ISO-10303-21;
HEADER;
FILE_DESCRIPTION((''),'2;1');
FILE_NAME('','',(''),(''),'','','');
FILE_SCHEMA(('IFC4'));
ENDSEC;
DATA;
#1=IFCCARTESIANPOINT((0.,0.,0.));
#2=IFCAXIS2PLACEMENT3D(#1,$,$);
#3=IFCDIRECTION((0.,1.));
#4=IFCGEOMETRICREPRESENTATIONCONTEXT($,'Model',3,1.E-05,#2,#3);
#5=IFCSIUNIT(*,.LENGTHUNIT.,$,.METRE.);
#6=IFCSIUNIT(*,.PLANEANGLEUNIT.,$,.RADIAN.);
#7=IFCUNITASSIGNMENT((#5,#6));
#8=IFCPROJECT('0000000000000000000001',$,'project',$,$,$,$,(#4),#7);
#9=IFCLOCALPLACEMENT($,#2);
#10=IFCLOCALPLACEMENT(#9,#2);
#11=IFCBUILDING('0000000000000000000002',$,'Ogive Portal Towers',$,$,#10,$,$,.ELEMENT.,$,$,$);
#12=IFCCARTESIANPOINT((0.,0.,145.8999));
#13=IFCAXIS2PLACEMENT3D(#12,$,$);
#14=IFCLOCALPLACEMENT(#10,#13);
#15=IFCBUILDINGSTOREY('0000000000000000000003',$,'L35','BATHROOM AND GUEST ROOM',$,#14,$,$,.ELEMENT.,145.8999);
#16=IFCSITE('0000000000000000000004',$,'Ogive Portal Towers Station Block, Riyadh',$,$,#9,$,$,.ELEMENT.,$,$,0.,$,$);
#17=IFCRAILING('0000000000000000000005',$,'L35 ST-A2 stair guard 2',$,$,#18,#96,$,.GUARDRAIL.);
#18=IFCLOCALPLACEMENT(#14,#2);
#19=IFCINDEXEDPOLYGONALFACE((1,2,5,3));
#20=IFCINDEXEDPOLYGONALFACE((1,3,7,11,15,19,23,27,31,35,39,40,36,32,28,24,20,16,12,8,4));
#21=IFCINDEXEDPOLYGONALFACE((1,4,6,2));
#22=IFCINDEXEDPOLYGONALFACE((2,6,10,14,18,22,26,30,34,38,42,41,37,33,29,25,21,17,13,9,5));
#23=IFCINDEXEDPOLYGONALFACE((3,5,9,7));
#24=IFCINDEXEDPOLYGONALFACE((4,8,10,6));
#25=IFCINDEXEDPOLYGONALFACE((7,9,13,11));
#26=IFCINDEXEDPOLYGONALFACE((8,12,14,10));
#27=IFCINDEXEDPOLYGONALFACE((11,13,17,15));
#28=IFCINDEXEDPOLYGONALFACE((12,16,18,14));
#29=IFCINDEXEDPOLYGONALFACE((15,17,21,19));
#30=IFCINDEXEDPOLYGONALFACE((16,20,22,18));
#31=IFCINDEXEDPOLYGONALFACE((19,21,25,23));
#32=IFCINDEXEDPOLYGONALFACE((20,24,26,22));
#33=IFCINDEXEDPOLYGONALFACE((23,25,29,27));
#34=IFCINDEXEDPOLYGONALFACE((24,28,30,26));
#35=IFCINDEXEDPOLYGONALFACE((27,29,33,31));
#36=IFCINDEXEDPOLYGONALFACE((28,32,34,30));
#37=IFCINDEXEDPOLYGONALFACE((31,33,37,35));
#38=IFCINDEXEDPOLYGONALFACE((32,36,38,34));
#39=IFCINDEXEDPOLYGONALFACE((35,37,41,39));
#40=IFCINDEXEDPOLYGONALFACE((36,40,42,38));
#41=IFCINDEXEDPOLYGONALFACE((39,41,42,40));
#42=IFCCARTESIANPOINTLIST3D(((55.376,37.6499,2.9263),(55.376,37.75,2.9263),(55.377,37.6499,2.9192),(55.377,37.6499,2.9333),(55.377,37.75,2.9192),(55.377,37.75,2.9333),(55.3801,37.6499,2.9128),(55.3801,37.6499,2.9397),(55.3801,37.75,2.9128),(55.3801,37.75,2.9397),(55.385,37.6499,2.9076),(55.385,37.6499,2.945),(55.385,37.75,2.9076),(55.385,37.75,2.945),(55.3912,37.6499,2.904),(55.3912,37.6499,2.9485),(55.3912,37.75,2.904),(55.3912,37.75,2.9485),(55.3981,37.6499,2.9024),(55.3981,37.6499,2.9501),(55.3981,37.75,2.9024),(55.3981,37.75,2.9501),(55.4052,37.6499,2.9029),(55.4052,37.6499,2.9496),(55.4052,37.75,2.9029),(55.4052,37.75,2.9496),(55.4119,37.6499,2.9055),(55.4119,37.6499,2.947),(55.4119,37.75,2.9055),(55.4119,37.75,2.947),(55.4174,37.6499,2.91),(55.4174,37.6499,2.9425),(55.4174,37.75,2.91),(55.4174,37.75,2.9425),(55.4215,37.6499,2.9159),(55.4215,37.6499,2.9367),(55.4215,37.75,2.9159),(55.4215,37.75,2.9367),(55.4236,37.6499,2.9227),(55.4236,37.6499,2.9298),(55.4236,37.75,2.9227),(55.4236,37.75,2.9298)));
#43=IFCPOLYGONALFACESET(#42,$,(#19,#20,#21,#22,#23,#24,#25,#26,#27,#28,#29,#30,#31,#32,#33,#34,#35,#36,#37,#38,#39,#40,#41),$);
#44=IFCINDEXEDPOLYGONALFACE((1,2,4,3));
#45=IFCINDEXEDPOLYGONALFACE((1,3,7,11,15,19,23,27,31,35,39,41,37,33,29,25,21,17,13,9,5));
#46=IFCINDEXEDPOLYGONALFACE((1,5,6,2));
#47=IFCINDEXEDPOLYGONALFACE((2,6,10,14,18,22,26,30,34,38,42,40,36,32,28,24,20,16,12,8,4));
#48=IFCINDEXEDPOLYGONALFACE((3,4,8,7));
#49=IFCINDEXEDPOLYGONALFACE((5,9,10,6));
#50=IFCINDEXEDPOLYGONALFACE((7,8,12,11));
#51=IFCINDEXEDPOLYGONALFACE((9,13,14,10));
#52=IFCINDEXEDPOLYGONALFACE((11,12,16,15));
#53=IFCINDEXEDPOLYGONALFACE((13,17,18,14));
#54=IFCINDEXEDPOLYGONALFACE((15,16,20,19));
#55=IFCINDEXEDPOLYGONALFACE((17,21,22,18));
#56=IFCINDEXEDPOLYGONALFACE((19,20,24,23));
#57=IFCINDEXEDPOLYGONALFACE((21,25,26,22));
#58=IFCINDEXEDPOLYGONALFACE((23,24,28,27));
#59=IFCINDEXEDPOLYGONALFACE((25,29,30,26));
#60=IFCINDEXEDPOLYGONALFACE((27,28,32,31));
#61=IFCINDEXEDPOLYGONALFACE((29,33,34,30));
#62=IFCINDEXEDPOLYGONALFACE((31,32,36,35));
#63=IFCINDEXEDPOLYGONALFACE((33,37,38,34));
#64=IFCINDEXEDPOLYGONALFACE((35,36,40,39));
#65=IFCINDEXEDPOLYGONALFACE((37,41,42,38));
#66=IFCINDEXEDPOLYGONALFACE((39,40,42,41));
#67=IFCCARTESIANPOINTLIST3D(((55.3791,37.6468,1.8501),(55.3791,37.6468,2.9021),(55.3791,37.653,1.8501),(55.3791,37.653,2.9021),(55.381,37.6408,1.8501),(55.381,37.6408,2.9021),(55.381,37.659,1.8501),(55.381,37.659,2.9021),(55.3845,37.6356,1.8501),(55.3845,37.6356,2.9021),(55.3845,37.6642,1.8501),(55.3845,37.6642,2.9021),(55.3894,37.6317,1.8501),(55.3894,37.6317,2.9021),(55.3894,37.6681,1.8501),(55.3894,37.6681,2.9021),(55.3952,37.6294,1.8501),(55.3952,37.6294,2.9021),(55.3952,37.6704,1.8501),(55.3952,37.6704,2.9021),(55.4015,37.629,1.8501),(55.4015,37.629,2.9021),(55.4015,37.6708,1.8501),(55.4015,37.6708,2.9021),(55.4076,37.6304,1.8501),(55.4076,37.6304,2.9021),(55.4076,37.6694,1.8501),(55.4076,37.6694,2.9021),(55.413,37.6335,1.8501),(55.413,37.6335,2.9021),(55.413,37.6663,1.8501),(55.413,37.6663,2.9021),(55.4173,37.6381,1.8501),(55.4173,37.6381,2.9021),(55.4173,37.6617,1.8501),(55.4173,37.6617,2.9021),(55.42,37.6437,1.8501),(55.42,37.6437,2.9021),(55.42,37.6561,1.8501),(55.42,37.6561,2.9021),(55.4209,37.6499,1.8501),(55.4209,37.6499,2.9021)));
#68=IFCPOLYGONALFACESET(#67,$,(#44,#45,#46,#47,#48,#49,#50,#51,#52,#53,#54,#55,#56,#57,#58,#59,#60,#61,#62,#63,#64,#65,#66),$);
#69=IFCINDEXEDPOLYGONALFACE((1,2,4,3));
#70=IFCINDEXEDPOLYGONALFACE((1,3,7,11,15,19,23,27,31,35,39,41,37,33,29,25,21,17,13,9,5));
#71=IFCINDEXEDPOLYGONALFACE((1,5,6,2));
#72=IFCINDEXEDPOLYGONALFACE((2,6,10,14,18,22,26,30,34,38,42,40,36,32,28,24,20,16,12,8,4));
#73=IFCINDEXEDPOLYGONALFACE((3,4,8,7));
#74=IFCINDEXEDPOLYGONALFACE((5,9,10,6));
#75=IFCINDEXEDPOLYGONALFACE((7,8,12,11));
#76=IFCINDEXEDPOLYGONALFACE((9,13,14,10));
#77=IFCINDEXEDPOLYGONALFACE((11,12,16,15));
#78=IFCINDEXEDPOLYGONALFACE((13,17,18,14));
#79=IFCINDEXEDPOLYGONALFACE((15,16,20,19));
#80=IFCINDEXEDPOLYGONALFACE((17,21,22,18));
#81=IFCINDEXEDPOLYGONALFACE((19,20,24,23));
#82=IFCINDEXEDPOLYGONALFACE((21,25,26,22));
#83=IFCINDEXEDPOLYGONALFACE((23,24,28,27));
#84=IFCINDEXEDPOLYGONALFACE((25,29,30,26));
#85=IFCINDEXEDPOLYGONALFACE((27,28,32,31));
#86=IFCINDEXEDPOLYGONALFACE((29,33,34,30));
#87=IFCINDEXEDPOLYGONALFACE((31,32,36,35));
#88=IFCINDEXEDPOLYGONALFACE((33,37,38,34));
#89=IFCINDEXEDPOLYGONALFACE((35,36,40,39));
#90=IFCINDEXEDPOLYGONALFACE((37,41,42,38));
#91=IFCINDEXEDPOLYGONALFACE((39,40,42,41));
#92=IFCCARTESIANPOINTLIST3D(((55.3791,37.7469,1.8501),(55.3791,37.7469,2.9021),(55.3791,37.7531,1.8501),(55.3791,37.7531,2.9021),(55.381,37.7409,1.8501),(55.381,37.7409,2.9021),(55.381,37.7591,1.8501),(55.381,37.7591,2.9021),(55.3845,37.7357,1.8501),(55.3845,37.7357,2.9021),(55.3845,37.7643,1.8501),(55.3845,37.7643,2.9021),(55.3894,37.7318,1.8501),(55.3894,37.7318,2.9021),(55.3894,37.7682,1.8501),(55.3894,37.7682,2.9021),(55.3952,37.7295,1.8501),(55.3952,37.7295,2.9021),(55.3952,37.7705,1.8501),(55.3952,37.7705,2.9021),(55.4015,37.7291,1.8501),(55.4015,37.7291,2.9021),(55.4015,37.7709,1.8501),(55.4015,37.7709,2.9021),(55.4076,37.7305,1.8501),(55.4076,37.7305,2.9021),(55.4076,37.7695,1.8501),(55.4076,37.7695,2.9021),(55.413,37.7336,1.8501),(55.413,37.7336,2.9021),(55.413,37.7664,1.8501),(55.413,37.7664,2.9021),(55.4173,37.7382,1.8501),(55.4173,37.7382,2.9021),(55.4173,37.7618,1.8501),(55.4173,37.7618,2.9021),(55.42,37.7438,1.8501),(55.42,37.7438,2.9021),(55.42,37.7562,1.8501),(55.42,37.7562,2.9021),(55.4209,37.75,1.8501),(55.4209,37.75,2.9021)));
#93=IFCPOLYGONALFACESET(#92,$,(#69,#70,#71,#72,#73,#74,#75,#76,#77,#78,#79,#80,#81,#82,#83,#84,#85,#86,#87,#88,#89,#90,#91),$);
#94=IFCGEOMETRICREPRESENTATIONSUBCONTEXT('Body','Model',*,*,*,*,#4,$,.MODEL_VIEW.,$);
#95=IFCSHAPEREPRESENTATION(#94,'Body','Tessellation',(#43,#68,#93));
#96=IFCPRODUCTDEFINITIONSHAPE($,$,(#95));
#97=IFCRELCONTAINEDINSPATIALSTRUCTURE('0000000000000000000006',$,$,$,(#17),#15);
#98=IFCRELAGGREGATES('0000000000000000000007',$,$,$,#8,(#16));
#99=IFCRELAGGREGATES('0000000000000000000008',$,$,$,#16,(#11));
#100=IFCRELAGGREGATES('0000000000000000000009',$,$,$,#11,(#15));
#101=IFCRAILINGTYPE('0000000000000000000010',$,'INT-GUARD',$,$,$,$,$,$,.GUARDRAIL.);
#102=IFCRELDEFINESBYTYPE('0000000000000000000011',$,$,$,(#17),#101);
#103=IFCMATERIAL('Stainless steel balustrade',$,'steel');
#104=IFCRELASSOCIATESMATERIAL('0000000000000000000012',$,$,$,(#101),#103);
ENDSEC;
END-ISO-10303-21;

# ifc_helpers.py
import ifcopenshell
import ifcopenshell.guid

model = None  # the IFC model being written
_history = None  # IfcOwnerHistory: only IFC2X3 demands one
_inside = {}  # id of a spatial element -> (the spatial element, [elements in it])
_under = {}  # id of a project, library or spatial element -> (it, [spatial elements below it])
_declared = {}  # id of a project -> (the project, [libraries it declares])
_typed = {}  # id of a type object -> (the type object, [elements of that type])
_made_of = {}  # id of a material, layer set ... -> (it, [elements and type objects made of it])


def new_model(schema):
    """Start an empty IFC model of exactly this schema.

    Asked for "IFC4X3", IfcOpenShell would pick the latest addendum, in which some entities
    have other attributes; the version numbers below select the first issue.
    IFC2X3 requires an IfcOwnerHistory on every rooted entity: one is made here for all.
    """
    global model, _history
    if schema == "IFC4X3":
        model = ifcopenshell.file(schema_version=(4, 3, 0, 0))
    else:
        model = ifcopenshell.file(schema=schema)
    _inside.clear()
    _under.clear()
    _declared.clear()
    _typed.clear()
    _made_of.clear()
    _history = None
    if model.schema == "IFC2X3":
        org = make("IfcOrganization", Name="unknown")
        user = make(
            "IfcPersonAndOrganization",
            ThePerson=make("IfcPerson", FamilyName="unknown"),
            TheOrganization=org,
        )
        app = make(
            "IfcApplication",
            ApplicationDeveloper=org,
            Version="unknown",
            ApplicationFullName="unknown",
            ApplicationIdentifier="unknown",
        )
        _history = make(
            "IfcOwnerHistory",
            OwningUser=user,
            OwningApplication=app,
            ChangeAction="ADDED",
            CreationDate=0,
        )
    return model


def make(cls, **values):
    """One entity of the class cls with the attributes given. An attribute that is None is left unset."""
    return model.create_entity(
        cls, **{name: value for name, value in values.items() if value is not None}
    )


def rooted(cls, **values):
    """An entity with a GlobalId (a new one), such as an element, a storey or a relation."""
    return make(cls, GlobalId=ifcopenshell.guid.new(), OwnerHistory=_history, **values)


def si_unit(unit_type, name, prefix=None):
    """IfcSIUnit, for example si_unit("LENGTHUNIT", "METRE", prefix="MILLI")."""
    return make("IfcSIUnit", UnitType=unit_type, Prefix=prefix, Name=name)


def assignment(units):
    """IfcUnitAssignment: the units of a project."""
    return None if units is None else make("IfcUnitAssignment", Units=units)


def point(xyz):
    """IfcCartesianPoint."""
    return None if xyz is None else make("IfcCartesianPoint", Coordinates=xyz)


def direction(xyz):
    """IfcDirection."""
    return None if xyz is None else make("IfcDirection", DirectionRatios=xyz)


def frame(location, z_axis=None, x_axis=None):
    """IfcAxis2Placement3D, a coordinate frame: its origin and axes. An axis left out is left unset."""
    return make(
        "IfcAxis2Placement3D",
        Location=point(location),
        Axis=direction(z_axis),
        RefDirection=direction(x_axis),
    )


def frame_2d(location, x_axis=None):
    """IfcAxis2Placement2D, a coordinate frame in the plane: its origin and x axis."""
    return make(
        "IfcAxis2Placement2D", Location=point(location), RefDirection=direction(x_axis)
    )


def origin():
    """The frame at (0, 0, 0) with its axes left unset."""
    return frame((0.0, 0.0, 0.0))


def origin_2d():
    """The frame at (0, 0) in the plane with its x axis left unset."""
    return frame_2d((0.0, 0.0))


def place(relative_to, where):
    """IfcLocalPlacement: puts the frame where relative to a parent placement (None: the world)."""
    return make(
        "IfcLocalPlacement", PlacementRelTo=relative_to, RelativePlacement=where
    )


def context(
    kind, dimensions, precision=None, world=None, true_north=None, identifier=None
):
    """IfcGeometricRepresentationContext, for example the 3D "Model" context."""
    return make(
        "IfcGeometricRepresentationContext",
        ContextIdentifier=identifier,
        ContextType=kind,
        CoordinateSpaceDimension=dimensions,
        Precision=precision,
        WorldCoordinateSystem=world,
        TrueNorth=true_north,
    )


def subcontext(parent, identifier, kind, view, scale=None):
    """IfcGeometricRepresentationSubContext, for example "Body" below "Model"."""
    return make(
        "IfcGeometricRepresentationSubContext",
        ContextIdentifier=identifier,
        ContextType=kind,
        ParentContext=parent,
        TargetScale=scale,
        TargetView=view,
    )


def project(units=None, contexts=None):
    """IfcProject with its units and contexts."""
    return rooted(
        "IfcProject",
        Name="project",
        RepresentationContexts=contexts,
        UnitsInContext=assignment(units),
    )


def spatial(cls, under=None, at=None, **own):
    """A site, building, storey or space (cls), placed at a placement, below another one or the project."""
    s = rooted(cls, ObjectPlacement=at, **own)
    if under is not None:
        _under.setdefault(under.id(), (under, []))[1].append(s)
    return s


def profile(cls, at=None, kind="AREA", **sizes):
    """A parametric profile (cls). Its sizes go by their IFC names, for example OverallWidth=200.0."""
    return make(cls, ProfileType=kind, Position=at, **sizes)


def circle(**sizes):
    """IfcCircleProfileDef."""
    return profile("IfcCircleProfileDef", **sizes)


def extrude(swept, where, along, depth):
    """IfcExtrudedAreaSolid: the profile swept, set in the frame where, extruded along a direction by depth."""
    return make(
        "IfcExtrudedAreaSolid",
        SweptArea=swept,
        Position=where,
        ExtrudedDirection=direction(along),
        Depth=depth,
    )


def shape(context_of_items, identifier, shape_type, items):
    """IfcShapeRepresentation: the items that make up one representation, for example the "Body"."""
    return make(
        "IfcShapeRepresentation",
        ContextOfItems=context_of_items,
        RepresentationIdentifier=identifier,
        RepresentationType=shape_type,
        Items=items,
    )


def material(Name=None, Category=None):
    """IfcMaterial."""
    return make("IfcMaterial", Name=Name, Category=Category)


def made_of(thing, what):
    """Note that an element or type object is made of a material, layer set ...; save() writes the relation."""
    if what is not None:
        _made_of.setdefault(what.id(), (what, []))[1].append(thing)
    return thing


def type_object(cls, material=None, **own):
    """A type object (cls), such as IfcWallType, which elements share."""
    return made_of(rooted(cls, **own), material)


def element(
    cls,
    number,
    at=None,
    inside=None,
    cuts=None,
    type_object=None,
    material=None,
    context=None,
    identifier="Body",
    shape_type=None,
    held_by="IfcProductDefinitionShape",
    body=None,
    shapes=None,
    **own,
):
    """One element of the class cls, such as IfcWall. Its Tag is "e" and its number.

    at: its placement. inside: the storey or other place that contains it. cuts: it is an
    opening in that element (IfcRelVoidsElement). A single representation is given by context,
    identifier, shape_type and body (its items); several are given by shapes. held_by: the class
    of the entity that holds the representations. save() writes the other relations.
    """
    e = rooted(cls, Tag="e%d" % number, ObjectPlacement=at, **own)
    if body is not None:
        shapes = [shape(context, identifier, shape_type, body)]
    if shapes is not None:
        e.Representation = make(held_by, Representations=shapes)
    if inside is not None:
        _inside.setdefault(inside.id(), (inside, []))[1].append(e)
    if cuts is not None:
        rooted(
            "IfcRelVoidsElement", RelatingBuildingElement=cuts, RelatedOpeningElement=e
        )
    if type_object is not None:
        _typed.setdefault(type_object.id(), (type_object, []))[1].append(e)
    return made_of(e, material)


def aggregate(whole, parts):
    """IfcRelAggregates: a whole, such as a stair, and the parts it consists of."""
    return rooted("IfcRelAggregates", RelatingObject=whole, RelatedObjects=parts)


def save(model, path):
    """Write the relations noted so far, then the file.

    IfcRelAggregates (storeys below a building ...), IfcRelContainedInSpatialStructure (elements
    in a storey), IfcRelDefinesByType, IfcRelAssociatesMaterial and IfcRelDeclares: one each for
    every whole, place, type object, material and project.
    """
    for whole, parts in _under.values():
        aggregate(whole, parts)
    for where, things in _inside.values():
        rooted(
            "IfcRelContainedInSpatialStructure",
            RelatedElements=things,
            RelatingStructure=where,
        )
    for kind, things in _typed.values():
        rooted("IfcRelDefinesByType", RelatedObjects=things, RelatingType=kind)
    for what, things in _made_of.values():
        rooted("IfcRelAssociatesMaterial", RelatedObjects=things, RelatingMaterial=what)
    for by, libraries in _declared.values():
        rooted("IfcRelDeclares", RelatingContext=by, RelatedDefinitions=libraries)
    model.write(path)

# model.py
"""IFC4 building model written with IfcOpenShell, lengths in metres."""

from ifc_helpers import new_model, si_unit, direction, frame, origin, origin_2d, place, context, subcontext, project, spatial, circle, extrude, material, type_object, element, save


model = new_model("IFC4")

# Units and contexts
model_context = context("Model", 3, precision=1e-05, world=origin(), true_north=direction((0.0, 1.0)))
body_context = subcontext(model_context, "Body", "Model", "MODEL_VIEW")
ifc_project = project(units=[si_unit("LENGTHUNIT", "METRE"), si_unit("PLANEANGLEUNIT", "RADIAN")], contexts=[model_context])

# Site, building, storey
site_placement = place(None, origin())
site = spatial("IfcSite", under=ifc_project, at=site_placement, Name="Ogive Portal Towers Station Block, Riyadh", CompositionType="ELEMENT", RefElevation=0.0)
building_placement = place(site_placement, origin())
building = spatial("IfcBuilding", under=site, at=building_placement, Name="Ogive Portal Towers", CompositionType="ELEMENT")
storey_placement = place(building_placement, frame((0.0, 0.0, 145.8999)))
storey = spatial("IfcBuildingStorey", under=building, at=storey_placement, Name="L35", Description="BATHROOM AND GUEST ROOM", CompositionType="ELEMENT", Elevation=145.8999)

# Railing
ifc_material_1 = material(Name="Stainless steel balustrade", Category="steel")
railing_type_1 = type_object("IfcRailingType", Name="INT-GUARD", PredefinedType="GUARDRAIL", material=ifc_material_1)
railing_1_placement = place(storey_placement, frame((55.3999, 37.6499, 1.8501)))
element("IfcRailing", 1, at=railing_1_placement, inside=storey, type_object=railing_type_1, Name="L35 ST-A2 stair guard 2", PredefinedType="GUARDRAIL", context=body_context, shape_type="SweptSolid", body=[
    extrude(circle(Radius=0.0239, at=origin_2d()), frame((0.0, 0.0, 1.0762), z_axis=(0.0, 1.0, 0.0), x_axis=(-1.0, 0.0, 0.0)), (0.0, 0.0, 1.0), 0.1001),
    extrude(circle(Radius=0.021, at=origin_2d()), origin(), (0.0, 0.0, 1.0), 1.052),
    extrude(circle(Radius=0.021, at=origin_2d()), frame((0.0, 0.1001, 0.0)), (0.0, 0.0, 1.0), 1.052),
])

save(model, "model.ifc")
